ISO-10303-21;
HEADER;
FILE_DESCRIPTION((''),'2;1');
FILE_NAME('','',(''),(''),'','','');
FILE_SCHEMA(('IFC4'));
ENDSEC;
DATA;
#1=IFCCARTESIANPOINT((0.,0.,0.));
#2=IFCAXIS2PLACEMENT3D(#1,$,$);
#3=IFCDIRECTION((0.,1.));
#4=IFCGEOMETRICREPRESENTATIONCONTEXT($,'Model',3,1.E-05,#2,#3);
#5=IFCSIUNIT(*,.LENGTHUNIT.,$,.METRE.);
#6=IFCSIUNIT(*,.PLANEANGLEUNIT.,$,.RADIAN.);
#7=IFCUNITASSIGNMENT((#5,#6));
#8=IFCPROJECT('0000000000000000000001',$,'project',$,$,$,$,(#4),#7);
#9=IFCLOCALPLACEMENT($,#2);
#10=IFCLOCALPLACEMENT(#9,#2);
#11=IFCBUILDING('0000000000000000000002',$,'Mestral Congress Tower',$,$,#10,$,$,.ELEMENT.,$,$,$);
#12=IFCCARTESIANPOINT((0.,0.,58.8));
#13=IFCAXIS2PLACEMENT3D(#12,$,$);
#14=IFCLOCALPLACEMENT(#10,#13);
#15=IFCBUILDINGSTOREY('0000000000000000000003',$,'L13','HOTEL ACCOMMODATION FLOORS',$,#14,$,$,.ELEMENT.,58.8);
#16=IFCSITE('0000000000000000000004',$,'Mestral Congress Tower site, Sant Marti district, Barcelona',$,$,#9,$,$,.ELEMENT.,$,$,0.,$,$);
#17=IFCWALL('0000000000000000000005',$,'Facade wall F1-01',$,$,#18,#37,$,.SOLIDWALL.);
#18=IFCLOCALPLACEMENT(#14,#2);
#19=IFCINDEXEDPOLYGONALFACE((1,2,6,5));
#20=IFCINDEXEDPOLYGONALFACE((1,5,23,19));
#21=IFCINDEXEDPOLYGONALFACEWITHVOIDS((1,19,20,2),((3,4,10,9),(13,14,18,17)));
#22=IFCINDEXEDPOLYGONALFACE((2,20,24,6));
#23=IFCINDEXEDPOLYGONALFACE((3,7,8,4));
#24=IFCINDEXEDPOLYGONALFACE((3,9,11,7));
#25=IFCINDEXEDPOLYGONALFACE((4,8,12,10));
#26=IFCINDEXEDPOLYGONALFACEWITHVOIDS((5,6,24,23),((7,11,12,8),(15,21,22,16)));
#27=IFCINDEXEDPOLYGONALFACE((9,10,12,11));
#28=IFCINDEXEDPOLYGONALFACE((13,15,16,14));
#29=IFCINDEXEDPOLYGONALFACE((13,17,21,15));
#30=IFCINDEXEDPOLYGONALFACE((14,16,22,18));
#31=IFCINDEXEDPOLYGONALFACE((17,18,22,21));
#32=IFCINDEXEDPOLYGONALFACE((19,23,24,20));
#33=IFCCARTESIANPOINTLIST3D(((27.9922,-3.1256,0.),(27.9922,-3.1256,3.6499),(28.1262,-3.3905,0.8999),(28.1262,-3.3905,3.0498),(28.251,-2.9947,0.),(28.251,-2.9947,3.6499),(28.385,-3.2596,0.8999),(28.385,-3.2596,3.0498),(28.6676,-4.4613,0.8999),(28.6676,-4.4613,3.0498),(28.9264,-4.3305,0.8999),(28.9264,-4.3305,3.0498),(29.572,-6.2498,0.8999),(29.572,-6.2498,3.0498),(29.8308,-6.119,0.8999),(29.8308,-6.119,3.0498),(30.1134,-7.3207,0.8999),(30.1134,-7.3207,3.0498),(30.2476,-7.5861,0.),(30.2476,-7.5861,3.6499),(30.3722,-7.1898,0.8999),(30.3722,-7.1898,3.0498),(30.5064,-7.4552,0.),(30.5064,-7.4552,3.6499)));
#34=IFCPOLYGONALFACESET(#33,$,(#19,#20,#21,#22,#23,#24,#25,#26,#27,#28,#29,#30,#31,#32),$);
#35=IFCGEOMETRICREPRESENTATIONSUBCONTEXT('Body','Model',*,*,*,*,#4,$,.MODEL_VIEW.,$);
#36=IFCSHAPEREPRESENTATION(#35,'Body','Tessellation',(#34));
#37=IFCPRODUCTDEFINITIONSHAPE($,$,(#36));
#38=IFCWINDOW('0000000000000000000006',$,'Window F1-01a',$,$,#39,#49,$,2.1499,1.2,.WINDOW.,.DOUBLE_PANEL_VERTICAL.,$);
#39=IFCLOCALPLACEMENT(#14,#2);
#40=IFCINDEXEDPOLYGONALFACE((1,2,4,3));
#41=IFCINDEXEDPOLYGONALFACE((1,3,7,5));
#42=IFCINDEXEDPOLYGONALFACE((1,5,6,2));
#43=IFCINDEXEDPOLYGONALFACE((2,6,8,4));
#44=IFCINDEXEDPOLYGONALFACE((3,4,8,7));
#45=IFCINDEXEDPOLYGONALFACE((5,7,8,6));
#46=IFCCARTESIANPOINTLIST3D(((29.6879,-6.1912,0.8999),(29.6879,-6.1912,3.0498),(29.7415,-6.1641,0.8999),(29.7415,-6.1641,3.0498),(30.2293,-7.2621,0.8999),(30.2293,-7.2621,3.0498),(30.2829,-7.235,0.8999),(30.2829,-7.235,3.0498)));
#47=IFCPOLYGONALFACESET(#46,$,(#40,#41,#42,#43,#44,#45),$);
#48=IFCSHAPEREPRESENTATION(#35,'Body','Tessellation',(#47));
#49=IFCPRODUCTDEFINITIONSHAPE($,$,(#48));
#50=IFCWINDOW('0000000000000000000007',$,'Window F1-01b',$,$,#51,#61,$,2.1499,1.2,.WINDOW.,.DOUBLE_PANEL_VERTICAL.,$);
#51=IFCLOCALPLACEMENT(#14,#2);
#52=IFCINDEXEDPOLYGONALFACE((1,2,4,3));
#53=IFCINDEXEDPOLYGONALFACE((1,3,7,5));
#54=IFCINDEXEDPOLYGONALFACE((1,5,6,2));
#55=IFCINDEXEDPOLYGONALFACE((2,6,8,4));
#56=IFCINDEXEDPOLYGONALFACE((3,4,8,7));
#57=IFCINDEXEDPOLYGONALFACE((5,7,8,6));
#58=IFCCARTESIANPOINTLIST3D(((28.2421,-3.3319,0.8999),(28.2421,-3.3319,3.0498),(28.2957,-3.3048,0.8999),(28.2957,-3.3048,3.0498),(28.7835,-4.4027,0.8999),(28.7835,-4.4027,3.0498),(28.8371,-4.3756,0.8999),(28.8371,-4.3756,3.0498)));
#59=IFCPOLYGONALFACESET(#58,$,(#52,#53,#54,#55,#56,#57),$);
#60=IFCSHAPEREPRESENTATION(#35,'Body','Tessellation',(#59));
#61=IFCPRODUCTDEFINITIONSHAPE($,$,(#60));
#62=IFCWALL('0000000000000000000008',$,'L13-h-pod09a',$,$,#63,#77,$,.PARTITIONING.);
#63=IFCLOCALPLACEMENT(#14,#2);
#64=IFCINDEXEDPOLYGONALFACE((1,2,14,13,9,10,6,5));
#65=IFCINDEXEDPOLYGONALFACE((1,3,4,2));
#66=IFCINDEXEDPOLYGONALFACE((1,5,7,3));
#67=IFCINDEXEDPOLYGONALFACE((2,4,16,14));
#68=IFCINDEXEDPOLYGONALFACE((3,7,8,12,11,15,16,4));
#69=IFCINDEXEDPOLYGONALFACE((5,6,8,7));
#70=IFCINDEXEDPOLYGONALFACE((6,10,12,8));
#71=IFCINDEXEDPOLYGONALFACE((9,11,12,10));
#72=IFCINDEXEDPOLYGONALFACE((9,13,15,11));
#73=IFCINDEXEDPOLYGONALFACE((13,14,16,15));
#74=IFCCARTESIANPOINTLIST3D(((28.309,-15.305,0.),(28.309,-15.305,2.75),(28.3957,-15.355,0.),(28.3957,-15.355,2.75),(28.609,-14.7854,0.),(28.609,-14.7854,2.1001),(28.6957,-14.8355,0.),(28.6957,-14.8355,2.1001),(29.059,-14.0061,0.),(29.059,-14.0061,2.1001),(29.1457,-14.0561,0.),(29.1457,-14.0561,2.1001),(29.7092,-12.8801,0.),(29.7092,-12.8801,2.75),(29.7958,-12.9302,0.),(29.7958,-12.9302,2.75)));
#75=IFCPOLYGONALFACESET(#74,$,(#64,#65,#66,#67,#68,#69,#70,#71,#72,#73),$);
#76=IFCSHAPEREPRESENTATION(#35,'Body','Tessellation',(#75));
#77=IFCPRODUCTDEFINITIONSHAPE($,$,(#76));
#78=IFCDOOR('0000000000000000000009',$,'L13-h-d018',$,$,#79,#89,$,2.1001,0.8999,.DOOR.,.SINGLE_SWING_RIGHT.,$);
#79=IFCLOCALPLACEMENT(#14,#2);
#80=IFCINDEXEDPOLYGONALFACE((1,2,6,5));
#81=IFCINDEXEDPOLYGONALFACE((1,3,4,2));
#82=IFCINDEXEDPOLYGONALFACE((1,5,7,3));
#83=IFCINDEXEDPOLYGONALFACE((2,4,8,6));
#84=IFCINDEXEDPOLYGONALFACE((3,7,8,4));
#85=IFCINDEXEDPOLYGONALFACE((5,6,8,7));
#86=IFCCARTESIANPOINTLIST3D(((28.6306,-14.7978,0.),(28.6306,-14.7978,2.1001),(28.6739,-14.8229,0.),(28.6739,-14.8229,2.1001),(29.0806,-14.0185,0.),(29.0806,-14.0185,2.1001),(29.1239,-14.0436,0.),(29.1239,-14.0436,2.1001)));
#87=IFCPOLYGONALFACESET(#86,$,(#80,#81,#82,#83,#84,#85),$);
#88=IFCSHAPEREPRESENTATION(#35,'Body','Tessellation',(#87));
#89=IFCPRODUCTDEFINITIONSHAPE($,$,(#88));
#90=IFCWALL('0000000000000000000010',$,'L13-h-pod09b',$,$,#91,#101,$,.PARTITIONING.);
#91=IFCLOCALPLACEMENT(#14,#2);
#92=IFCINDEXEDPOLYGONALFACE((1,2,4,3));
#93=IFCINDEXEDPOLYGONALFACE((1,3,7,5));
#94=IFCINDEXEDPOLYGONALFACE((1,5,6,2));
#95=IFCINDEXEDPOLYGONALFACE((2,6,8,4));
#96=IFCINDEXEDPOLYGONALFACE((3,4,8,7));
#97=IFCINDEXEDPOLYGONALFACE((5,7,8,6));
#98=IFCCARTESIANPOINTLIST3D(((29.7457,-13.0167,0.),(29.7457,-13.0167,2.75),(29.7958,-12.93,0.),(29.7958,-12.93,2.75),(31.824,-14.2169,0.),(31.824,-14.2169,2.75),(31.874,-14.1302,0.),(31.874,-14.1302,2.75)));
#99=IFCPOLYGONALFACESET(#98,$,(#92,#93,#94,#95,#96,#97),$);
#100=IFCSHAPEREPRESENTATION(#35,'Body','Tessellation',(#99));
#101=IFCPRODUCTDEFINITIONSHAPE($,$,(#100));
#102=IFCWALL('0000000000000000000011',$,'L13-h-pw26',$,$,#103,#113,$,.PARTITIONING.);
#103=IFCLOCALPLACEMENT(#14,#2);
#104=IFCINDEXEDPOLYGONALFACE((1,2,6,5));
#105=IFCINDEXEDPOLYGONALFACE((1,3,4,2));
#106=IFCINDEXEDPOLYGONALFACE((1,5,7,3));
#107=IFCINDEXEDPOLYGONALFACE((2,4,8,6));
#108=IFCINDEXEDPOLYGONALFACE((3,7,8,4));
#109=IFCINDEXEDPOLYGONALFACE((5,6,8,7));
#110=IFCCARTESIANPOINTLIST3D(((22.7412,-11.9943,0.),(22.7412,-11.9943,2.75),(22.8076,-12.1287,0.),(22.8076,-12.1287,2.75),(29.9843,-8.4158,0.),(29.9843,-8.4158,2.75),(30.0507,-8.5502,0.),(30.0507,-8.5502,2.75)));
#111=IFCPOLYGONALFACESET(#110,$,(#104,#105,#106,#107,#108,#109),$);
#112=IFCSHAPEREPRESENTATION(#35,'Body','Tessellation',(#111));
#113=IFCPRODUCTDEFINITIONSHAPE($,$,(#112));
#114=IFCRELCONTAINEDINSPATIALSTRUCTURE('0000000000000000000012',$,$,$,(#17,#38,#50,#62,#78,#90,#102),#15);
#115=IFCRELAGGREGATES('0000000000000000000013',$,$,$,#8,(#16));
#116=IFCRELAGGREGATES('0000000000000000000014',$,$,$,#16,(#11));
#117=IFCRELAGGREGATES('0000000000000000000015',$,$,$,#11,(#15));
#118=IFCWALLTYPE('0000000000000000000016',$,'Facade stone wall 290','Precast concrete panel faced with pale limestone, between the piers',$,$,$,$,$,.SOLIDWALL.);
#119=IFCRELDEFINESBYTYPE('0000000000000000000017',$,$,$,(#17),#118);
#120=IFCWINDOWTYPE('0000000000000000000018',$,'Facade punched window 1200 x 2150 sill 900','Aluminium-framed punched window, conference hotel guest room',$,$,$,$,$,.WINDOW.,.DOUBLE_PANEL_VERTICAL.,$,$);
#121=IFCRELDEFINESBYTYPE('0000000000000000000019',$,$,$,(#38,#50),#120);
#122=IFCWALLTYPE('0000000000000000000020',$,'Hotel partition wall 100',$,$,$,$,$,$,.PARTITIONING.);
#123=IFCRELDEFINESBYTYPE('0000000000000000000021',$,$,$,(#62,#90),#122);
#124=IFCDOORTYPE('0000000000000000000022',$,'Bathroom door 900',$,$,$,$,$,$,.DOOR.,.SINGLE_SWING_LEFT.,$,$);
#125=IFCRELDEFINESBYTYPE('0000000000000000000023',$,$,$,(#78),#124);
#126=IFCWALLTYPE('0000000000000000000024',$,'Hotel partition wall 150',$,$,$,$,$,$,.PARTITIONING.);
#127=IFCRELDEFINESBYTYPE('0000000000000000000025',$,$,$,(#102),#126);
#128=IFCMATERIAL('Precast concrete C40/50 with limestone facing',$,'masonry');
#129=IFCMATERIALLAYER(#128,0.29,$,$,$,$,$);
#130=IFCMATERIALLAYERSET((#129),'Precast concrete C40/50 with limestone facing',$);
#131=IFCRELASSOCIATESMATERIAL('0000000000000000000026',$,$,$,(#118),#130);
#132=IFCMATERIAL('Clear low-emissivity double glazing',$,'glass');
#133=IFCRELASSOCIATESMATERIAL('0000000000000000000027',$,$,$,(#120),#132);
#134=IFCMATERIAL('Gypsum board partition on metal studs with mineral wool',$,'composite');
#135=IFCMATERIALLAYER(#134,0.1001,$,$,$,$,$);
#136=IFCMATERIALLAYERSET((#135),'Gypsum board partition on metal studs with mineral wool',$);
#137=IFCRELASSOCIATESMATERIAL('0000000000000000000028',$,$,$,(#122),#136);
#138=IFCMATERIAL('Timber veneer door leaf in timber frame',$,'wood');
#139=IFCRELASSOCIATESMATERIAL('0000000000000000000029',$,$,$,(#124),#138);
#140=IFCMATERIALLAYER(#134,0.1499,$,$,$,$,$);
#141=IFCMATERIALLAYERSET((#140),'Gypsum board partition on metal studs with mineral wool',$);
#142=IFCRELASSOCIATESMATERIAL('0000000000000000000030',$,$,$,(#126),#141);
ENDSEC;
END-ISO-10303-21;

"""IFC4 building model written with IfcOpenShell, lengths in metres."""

from ifc_helpers import new_model, si_unit, direction, frame, frame_2d, origin, place, context, subcontext, project, spatial, rectangle, extrude, material, layer, layer_set, type_object, element, fill, save


model = new_model("IFC4")

# Units and contexts
model_context = context("Model", 3, precision=1e-05, world=origin(), true_north=direction((0.0, 1.0)))
body_context = subcontext(model_context, "Body", "Model", "MODEL_VIEW")
ifc_project = project(units=[si_unit("LENGTHUNIT", "METRE"), si_unit("PLANEANGLEUNIT", "RADIAN")], contexts=[model_context])

# Site, building, storey
site_placement = place(None, origin())
site = spatial("IfcSite", under=ifc_project, at=site_placement, Name="Mestral Congress Tower site, Sant Marti district, Barcelona", CompositionType="ELEMENT", RefElevation=0.0)
building_placement = place(site_placement, origin())
building = spatial("IfcBuilding", under=site, at=building_placement, Name="Mestral Congress Tower", CompositionType="ELEMENT")
storey_placement = place(building_placement, frame((0.0, 0.0, 58.8)))
storey = spatial("IfcBuildingStorey", under=building, at=storey_placement, Name="L13", Description="HOTEL ACCOMMODATION FLOORS", CompositionType="ELEMENT", Elevation=58.8)

# Shared definitions
ifc_material_1 = material(Name="Precast concrete C40/50 with limestone facing", Category="masonry")
ifc_layer_1 = layer(ifc_material_1, 0.29)
ifc_layer_set_1 = layer_set([ifc_layer_1], Name="Precast concrete C40/50 with limestone facing")
wall_type_1 = type_object("IfcWallType", Name="Facade stone wall 290", Description="Precast concrete panel faced with pale limestone, between the piers", PredefinedType="SOLIDWALL", material=ifc_layer_set_1)
ifc_material_2 = material(Name="Clear low-emissivity double glazing", Category="glass")

# Wall, openings, windows
window_type_1 = type_object("IfcWindowType", Name="Facade punched window 1200 x 2150 sill 900", Description="Aluminium-framed punched window, conference hotel guest room", PartitioningType="DOUBLE_PANEL_VERTICAL", PredefinedType="WINDOW", material=ifc_material_2)
wall_1_placement = place(storey_placement, frame((30.377, -7.5205, 0.0), z_axis=(0.0, 0.0, 1.0), x_axis=(-0.451234, 0.892406, 0.0)))
wall_1 = element("IfcWall", 1, at=wall_1_placement, inside=storey, type_object=wall_type_1, Name="Facade wall F1-01", PredefinedType="SOLIDWALL", context=body_context, shape_type="SweptSolid", body=[
    extrude(rectangle(XDim=4.9983, YDim=0.29, at=frame_2d((2.499, 0.0))), origin(), (0.0, 0.0, 1.0), 3.6499),
])
opening_1_placement = place(wall_1_placement, frame((0.2971, 0.0, 0.8999)))
opening_1 = element("IfcOpeningElement", 2, at=opening_1_placement, cuts=wall_1, PredefinedType="OPENING", context=body_context, shape_type="SweptSolid", body=[
    extrude(rectangle(XDim=1.2, YDim=2.1499, at=frame_2d((0.6001, 1.075))), frame((0.0, 0.155, 0.0), z_axis=(0.0, -1.0, 0.0), x_axis=(1.0, 0.0, 0.0)), (0.0, 0.0, 1.0), 0.3101),
])
opening_2_placement = place(wall_1_placement, frame((3.5012, 0.0, 0.8999)))
opening_2 = element("IfcOpeningElement", 3, at=opening_2_placement, cuts=wall_1, PredefinedType="OPENING", context=body_context, shape_type="SweptSolid", body=[
    extrude(rectangle(XDim=1.2, YDim=2.1499, at=frame_2d((0.6001, 1.075))), frame((0.0, 0.155, 0.0), z_axis=(0.0, -1.0, 0.0), x_axis=(1.0, 0.0, 0.0)), (0.0, 0.0, 1.0), 0.3101),
])
window_1_placement = place(opening_1_placement, origin())
window_1 = element("IfcWindow", 4, at=window_1_placement, inside=storey, type_object=window_type_1, Name="Window F1-01a", OverallHeight=2.1499, OverallWidth=1.2, PartitioningType="DOUBLE_PANEL_VERTICAL", PredefinedType="WINDOW", context=body_context, shape_type="SweptSolid", body=[
    extrude(rectangle(XDim=1.2, YDim=2.1499, at=frame_2d((0.6001, 1.075))), frame((0.0, 0.0151, 0.0), z_axis=(0.0, -1.0, 0.0), x_axis=(1.0, 0.0, 0.0)), (0.0, 0.0, 1.0), 0.0601),
])
fill(opening_1, window_1)
window_2_placement = place(opening_2_placement, origin())
window_2 = element("IfcWindow", 5, at=window_2_placement, inside=storey, type_object=window_type_1, Name="Window F1-01b", OverallHeight=2.1499, OverallWidth=1.2, PartitioningType="DOUBLE_PANEL_VERTICAL", PredefinedType="WINDOW", context=body_context, shape_type="SweptSolid", body=[
    extrude(rectangle(XDim=1.2, YDim=2.1499, at=frame_2d((0.6001, 1.075))), frame((0.0, 0.0151, 0.0), z_axis=(0.0, -1.0, 0.0), x_axis=(1.0, 0.0, 0.0)), (0.0, 0.0, 1.0), 0.0601),
])
fill(opening_2, window_2)

# Wall, opening, door
ifc_material_3 = material(Name="Gypsum board partition on metal studs with mineral wool", Category="composite")
ifc_layer_2 = layer(ifc_material_3, 0.1001)
ifc_layer_set_2 = layer_set([ifc_layer_2], Name="Gypsum board partition on metal studs with mineral wool")
wall_type_2 = type_object("IfcWallType", Name="Hotel partition wall 100", PredefinedType="PARTITIONING", material=ifc_layer_set_2)
wall_2_placement = place(storey_placement, frame((29.7524, -12.9053, 0.0), z_axis=(0.0, 0.0, 1.0), x_axis=(-0.50005, -0.865997, 0.0)))
wall_2 = element("IfcWall", 6, at=wall_2_placement, inside=storey, type_object=wall_type_2, Name="L13-h-pod09a", PredefinedType="PARTITIONING", context=body_context, shape_type="SweptSolid", body=[
    extrude(rectangle(XDim=2.8, YDim=0.1001, at=frame_2d((1.3999, 0.0))), origin(), (0.0, 0.0, 1.0), 2.75),
])
opening_3_placement = place(wall_2_placement, frame((1.3, 0.0, 0.0)))
opening_3 = element("IfcOpeningElement", 7, at=opening_3_placement, cuts=wall_2, PredefinedType="OPENING", context=body_context, shape_type="SweptSolid", body=[
    extrude(rectangle(XDim=0.8999, YDim=2.1001, at=frame_2d((0.45, 1.05))), frame((0.0, 0.0601, 0.0), z_axis=(0.0, -1.0, 0.0), x_axis=(1.0, 0.0, 0.0)), (0.0, 0.0, 1.0), 0.1201),
])
ifc_material_4 = material(Name="Timber veneer door leaf in timber frame", Category="wood")
door_type = type_object("IfcDoorType", Name="Bathroom door 900", OperationType="SINGLE_SWING_LEFT", PredefinedType="DOOR", material=ifc_material_4)
door_placement = place(opening_3_placement, origin())
door = element("IfcDoor", 8, at=door_placement, inside=storey, type_object=door_type, Name="L13-h-d018", OperationType="SINGLE_SWING_RIGHT", OverallHeight=2.1001, OverallWidth=0.8999, PredefinedType="DOOR", context=body_context, shape_type="SweptSolid", body=[
    extrude(rectangle(XDim=0.8999, YDim=2.1001, at=frame_2d((0.45, 1.05))), frame((0.0, 0.0249, 0.0), z_axis=(0.0, -1.0, 0.0), x_axis=(1.0, 0.0, 0.0)), (0.0, 0.0, 1.0), 0.05),
])
fill(opening_3, door)

# Walls
wall_3_placement = place(storey_placement, frame((29.7708, -12.9734, 0.0), z_axis=(0.0, 0.0, 1.0), x_axis=(0.865981, -0.500078, 0.0)))
element("IfcWall", 9, at=wall_3_placement, inside=storey, type_object=wall_type_2, Name="L13-h-pod09b", PredefinedType="PARTITIONING", context=body_context, shape_type="SweptSolid", body=[
    extrude(rectangle(XDim=2.3999, YDim=0.1001, at=frame_2d((1.2, 0.0))), origin(), (0.0, 0.0, 1.0), 2.75),
])
ifc_layer_3 = layer(ifc_material_3, 0.1499)
ifc_layer_set_3 = layer_set([ifc_layer_3], Name="Gypsum board partition on metal studs with mineral wool")
wall_type_3 = type_object("IfcWallType", Name="Hotel partition wall 150", PredefinedType="PARTITIONING", material=ifc_layer_set_3)
wall_4_placement = place(storey_placement, frame((30.0176, -8.4829, 0.0), z_axis=(0.0, 0.0, 1.0), x_axis=(-0.896545, -0.442954, 0.0)))
element("IfcWall", 10, at=wall_4_placement, inside=storey, type_object=wall_type_3, Name="L13-h-pw26", PredefinedType="PARTITIONING", context=body_context, shape_type="SweptSolid", body=[
    extrude(rectangle(XDim=8.0789, YDim=0.1499, at=frame_2d((4.0396, 0.0))), origin(), (0.0, 0.0, 1.0), 2.75),
])

save(model, "model.ifc")
